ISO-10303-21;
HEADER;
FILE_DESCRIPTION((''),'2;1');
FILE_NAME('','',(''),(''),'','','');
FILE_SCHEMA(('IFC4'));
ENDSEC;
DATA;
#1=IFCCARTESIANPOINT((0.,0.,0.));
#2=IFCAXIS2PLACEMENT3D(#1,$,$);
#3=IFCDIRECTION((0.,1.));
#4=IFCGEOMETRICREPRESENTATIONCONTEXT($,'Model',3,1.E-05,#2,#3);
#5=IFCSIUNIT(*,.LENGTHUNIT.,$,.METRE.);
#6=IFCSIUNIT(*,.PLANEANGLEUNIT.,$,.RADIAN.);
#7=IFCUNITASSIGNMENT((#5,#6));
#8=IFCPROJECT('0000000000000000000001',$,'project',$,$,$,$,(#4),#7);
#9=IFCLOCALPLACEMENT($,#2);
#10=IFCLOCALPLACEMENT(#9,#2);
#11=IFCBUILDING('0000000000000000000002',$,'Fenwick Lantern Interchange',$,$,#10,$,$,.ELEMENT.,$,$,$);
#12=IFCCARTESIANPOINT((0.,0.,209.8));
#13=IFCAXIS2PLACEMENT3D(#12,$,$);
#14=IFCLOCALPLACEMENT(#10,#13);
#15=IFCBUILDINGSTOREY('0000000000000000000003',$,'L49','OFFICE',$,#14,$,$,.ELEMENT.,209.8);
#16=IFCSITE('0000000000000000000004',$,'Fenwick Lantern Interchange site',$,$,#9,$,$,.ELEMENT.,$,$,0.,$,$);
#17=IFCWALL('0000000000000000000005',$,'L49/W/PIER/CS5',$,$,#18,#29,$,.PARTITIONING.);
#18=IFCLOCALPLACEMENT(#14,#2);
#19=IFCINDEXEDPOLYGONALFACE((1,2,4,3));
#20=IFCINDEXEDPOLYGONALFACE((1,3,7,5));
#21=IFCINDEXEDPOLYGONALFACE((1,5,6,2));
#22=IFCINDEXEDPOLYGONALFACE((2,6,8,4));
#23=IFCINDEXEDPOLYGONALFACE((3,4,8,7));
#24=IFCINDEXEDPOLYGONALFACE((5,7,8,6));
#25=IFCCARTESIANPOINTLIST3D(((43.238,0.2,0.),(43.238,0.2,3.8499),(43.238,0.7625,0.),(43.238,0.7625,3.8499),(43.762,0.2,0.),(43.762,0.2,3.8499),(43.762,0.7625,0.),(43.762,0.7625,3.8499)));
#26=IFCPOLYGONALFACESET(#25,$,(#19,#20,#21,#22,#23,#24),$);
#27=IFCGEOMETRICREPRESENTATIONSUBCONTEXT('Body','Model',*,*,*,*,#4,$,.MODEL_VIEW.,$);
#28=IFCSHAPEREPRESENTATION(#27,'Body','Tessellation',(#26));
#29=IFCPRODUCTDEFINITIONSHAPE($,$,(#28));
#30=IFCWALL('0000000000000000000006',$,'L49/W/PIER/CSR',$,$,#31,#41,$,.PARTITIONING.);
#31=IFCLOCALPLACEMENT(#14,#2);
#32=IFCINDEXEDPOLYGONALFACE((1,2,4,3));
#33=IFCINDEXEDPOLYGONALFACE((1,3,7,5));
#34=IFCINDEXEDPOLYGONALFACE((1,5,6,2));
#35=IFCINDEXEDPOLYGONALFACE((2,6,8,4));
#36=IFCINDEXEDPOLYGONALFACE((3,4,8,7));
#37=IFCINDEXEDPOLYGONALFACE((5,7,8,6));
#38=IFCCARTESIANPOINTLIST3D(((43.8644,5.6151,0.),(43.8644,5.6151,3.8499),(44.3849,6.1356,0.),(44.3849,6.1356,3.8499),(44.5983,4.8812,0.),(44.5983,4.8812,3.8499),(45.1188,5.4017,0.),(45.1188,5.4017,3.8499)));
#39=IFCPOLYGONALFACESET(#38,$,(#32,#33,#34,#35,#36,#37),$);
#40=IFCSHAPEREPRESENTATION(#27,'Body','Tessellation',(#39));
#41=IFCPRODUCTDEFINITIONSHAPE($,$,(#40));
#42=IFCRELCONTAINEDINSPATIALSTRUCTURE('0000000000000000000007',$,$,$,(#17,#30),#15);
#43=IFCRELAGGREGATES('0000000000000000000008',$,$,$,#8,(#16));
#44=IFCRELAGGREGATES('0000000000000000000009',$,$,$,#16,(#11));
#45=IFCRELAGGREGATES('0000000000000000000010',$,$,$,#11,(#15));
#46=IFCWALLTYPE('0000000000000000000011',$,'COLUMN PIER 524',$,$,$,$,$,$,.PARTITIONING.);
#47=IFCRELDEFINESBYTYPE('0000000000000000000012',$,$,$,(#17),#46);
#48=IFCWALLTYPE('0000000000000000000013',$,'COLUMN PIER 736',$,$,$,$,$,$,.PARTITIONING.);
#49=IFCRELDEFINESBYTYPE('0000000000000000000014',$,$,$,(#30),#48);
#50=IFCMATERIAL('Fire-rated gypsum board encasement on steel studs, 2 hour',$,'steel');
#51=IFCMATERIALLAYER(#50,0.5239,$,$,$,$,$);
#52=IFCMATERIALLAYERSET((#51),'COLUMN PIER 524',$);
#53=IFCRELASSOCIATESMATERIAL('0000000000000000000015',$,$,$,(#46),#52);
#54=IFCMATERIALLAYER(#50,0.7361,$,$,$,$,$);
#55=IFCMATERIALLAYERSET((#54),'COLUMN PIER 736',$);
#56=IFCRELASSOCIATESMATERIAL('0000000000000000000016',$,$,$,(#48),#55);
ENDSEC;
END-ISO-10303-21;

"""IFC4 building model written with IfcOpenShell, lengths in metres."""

from ifc_helpers import new_model, si_unit, direction, frame, frame_2d, origin, place, context, subcontext, project, spatial, rectangle, extrude, material, layer, layer_set, type_object, element, save


model = new_model("IFC4")

# Units and contexts
model_context = context("Model", 3, precision=1e-05, world=origin(), true_north=direction((0.0, 1.0)))
body_context = subcontext(model_context, "Body", "Model", "MODEL_VIEW")
ifc_project = project(units=[si_unit("LENGTHUNIT", "METRE"), si_unit("PLANEANGLEUNIT", "RADIAN")], contexts=[model_context])

# Site, building, storey
site_placement = place(None, origin())
site = spatial("IfcSite", under=ifc_project, at=site_placement, Name="Fenwick Lantern Interchange site", CompositionType="ELEMENT", RefElevation=0.0)
building_placement = place(site_placement, origin())
building = spatial("IfcBuilding", under=site, at=building_placement, Name="Fenwick Lantern Interchange", CompositionType="ELEMENT")
storey_placement = place(building_placement, frame((0.0, 0.0, 209.8)))
storey = spatial("IfcBuildingStorey", under=building, at=storey_placement, Name="L49", Description="OFFICE", CompositionType="ELEMENT", Elevation=209.8)

# Walls
ifc_material_1 = material(Name="Fire-rated gypsum board encasement on steel studs, 2 hour", Category="steel")
ifc_layer_1 = layer(ifc_material_1, 0.5239)
ifc_layer_set_1 = layer_set([ifc_layer_1], Name="COLUMN PIER 524")
wall_type_1 = type_object("IfcWallType", Name="COLUMN PIER 524", PredefinedType="PARTITIONING", material=ifc_layer_set_1)
wall_1_placement = place(storey_placement, frame((43.5, 0.2, 0.0), z_axis=(0.0, 0.0, 1.0), x_axis=(0.0, 1.0, 0.0)))
element("IfcWall", 1, at=wall_1_placement, inside=storey, type_object=wall_type_1, Name="L49/W/PIER/CS5", PredefinedType="PARTITIONING", context=body_context, shape_type="SweptSolid", body=[
    extrude(rectangle(XDim=0.5625, YDim=0.5239, at=frame_2d((0.2812, 0.0))), origin(), (0.0, 0.0, 1.0), 3.8499),
])
ifc_layer_2 = layer(ifc_material_1, 0.7361)
ifc_layer_set_2 = layer_set([ifc_layer_2], Name="COLUMN PIER 736")
wall_type_2 = type_object("IfcWallType", Name="COLUMN PIER 736", PredefinedType="PARTITIONING", material=ifc_layer_set_2)
wall_2_placement = place(storey_placement, frame((44.8586, 5.1414, 0.0), z_axis=(0.0, 0.0, 1.0), x_axis=(-0.707107, 0.707107, 0.0)))
element("IfcWall", 2, at=wall_2_placement, inside=storey, type_object=wall_type_2, Name="L49/W/PIER/CSR", PredefinedType="PARTITIONING", context=body_context, shape_type="SweptSolid", body=[
    extrude(rectangle(XDim=1.0378, YDim=0.7361, at=frame_2d((0.519, 0.0))), origin(), (0.0, 0.0, 1.0), 3.8499),
])

save(model, "model.ifc")
